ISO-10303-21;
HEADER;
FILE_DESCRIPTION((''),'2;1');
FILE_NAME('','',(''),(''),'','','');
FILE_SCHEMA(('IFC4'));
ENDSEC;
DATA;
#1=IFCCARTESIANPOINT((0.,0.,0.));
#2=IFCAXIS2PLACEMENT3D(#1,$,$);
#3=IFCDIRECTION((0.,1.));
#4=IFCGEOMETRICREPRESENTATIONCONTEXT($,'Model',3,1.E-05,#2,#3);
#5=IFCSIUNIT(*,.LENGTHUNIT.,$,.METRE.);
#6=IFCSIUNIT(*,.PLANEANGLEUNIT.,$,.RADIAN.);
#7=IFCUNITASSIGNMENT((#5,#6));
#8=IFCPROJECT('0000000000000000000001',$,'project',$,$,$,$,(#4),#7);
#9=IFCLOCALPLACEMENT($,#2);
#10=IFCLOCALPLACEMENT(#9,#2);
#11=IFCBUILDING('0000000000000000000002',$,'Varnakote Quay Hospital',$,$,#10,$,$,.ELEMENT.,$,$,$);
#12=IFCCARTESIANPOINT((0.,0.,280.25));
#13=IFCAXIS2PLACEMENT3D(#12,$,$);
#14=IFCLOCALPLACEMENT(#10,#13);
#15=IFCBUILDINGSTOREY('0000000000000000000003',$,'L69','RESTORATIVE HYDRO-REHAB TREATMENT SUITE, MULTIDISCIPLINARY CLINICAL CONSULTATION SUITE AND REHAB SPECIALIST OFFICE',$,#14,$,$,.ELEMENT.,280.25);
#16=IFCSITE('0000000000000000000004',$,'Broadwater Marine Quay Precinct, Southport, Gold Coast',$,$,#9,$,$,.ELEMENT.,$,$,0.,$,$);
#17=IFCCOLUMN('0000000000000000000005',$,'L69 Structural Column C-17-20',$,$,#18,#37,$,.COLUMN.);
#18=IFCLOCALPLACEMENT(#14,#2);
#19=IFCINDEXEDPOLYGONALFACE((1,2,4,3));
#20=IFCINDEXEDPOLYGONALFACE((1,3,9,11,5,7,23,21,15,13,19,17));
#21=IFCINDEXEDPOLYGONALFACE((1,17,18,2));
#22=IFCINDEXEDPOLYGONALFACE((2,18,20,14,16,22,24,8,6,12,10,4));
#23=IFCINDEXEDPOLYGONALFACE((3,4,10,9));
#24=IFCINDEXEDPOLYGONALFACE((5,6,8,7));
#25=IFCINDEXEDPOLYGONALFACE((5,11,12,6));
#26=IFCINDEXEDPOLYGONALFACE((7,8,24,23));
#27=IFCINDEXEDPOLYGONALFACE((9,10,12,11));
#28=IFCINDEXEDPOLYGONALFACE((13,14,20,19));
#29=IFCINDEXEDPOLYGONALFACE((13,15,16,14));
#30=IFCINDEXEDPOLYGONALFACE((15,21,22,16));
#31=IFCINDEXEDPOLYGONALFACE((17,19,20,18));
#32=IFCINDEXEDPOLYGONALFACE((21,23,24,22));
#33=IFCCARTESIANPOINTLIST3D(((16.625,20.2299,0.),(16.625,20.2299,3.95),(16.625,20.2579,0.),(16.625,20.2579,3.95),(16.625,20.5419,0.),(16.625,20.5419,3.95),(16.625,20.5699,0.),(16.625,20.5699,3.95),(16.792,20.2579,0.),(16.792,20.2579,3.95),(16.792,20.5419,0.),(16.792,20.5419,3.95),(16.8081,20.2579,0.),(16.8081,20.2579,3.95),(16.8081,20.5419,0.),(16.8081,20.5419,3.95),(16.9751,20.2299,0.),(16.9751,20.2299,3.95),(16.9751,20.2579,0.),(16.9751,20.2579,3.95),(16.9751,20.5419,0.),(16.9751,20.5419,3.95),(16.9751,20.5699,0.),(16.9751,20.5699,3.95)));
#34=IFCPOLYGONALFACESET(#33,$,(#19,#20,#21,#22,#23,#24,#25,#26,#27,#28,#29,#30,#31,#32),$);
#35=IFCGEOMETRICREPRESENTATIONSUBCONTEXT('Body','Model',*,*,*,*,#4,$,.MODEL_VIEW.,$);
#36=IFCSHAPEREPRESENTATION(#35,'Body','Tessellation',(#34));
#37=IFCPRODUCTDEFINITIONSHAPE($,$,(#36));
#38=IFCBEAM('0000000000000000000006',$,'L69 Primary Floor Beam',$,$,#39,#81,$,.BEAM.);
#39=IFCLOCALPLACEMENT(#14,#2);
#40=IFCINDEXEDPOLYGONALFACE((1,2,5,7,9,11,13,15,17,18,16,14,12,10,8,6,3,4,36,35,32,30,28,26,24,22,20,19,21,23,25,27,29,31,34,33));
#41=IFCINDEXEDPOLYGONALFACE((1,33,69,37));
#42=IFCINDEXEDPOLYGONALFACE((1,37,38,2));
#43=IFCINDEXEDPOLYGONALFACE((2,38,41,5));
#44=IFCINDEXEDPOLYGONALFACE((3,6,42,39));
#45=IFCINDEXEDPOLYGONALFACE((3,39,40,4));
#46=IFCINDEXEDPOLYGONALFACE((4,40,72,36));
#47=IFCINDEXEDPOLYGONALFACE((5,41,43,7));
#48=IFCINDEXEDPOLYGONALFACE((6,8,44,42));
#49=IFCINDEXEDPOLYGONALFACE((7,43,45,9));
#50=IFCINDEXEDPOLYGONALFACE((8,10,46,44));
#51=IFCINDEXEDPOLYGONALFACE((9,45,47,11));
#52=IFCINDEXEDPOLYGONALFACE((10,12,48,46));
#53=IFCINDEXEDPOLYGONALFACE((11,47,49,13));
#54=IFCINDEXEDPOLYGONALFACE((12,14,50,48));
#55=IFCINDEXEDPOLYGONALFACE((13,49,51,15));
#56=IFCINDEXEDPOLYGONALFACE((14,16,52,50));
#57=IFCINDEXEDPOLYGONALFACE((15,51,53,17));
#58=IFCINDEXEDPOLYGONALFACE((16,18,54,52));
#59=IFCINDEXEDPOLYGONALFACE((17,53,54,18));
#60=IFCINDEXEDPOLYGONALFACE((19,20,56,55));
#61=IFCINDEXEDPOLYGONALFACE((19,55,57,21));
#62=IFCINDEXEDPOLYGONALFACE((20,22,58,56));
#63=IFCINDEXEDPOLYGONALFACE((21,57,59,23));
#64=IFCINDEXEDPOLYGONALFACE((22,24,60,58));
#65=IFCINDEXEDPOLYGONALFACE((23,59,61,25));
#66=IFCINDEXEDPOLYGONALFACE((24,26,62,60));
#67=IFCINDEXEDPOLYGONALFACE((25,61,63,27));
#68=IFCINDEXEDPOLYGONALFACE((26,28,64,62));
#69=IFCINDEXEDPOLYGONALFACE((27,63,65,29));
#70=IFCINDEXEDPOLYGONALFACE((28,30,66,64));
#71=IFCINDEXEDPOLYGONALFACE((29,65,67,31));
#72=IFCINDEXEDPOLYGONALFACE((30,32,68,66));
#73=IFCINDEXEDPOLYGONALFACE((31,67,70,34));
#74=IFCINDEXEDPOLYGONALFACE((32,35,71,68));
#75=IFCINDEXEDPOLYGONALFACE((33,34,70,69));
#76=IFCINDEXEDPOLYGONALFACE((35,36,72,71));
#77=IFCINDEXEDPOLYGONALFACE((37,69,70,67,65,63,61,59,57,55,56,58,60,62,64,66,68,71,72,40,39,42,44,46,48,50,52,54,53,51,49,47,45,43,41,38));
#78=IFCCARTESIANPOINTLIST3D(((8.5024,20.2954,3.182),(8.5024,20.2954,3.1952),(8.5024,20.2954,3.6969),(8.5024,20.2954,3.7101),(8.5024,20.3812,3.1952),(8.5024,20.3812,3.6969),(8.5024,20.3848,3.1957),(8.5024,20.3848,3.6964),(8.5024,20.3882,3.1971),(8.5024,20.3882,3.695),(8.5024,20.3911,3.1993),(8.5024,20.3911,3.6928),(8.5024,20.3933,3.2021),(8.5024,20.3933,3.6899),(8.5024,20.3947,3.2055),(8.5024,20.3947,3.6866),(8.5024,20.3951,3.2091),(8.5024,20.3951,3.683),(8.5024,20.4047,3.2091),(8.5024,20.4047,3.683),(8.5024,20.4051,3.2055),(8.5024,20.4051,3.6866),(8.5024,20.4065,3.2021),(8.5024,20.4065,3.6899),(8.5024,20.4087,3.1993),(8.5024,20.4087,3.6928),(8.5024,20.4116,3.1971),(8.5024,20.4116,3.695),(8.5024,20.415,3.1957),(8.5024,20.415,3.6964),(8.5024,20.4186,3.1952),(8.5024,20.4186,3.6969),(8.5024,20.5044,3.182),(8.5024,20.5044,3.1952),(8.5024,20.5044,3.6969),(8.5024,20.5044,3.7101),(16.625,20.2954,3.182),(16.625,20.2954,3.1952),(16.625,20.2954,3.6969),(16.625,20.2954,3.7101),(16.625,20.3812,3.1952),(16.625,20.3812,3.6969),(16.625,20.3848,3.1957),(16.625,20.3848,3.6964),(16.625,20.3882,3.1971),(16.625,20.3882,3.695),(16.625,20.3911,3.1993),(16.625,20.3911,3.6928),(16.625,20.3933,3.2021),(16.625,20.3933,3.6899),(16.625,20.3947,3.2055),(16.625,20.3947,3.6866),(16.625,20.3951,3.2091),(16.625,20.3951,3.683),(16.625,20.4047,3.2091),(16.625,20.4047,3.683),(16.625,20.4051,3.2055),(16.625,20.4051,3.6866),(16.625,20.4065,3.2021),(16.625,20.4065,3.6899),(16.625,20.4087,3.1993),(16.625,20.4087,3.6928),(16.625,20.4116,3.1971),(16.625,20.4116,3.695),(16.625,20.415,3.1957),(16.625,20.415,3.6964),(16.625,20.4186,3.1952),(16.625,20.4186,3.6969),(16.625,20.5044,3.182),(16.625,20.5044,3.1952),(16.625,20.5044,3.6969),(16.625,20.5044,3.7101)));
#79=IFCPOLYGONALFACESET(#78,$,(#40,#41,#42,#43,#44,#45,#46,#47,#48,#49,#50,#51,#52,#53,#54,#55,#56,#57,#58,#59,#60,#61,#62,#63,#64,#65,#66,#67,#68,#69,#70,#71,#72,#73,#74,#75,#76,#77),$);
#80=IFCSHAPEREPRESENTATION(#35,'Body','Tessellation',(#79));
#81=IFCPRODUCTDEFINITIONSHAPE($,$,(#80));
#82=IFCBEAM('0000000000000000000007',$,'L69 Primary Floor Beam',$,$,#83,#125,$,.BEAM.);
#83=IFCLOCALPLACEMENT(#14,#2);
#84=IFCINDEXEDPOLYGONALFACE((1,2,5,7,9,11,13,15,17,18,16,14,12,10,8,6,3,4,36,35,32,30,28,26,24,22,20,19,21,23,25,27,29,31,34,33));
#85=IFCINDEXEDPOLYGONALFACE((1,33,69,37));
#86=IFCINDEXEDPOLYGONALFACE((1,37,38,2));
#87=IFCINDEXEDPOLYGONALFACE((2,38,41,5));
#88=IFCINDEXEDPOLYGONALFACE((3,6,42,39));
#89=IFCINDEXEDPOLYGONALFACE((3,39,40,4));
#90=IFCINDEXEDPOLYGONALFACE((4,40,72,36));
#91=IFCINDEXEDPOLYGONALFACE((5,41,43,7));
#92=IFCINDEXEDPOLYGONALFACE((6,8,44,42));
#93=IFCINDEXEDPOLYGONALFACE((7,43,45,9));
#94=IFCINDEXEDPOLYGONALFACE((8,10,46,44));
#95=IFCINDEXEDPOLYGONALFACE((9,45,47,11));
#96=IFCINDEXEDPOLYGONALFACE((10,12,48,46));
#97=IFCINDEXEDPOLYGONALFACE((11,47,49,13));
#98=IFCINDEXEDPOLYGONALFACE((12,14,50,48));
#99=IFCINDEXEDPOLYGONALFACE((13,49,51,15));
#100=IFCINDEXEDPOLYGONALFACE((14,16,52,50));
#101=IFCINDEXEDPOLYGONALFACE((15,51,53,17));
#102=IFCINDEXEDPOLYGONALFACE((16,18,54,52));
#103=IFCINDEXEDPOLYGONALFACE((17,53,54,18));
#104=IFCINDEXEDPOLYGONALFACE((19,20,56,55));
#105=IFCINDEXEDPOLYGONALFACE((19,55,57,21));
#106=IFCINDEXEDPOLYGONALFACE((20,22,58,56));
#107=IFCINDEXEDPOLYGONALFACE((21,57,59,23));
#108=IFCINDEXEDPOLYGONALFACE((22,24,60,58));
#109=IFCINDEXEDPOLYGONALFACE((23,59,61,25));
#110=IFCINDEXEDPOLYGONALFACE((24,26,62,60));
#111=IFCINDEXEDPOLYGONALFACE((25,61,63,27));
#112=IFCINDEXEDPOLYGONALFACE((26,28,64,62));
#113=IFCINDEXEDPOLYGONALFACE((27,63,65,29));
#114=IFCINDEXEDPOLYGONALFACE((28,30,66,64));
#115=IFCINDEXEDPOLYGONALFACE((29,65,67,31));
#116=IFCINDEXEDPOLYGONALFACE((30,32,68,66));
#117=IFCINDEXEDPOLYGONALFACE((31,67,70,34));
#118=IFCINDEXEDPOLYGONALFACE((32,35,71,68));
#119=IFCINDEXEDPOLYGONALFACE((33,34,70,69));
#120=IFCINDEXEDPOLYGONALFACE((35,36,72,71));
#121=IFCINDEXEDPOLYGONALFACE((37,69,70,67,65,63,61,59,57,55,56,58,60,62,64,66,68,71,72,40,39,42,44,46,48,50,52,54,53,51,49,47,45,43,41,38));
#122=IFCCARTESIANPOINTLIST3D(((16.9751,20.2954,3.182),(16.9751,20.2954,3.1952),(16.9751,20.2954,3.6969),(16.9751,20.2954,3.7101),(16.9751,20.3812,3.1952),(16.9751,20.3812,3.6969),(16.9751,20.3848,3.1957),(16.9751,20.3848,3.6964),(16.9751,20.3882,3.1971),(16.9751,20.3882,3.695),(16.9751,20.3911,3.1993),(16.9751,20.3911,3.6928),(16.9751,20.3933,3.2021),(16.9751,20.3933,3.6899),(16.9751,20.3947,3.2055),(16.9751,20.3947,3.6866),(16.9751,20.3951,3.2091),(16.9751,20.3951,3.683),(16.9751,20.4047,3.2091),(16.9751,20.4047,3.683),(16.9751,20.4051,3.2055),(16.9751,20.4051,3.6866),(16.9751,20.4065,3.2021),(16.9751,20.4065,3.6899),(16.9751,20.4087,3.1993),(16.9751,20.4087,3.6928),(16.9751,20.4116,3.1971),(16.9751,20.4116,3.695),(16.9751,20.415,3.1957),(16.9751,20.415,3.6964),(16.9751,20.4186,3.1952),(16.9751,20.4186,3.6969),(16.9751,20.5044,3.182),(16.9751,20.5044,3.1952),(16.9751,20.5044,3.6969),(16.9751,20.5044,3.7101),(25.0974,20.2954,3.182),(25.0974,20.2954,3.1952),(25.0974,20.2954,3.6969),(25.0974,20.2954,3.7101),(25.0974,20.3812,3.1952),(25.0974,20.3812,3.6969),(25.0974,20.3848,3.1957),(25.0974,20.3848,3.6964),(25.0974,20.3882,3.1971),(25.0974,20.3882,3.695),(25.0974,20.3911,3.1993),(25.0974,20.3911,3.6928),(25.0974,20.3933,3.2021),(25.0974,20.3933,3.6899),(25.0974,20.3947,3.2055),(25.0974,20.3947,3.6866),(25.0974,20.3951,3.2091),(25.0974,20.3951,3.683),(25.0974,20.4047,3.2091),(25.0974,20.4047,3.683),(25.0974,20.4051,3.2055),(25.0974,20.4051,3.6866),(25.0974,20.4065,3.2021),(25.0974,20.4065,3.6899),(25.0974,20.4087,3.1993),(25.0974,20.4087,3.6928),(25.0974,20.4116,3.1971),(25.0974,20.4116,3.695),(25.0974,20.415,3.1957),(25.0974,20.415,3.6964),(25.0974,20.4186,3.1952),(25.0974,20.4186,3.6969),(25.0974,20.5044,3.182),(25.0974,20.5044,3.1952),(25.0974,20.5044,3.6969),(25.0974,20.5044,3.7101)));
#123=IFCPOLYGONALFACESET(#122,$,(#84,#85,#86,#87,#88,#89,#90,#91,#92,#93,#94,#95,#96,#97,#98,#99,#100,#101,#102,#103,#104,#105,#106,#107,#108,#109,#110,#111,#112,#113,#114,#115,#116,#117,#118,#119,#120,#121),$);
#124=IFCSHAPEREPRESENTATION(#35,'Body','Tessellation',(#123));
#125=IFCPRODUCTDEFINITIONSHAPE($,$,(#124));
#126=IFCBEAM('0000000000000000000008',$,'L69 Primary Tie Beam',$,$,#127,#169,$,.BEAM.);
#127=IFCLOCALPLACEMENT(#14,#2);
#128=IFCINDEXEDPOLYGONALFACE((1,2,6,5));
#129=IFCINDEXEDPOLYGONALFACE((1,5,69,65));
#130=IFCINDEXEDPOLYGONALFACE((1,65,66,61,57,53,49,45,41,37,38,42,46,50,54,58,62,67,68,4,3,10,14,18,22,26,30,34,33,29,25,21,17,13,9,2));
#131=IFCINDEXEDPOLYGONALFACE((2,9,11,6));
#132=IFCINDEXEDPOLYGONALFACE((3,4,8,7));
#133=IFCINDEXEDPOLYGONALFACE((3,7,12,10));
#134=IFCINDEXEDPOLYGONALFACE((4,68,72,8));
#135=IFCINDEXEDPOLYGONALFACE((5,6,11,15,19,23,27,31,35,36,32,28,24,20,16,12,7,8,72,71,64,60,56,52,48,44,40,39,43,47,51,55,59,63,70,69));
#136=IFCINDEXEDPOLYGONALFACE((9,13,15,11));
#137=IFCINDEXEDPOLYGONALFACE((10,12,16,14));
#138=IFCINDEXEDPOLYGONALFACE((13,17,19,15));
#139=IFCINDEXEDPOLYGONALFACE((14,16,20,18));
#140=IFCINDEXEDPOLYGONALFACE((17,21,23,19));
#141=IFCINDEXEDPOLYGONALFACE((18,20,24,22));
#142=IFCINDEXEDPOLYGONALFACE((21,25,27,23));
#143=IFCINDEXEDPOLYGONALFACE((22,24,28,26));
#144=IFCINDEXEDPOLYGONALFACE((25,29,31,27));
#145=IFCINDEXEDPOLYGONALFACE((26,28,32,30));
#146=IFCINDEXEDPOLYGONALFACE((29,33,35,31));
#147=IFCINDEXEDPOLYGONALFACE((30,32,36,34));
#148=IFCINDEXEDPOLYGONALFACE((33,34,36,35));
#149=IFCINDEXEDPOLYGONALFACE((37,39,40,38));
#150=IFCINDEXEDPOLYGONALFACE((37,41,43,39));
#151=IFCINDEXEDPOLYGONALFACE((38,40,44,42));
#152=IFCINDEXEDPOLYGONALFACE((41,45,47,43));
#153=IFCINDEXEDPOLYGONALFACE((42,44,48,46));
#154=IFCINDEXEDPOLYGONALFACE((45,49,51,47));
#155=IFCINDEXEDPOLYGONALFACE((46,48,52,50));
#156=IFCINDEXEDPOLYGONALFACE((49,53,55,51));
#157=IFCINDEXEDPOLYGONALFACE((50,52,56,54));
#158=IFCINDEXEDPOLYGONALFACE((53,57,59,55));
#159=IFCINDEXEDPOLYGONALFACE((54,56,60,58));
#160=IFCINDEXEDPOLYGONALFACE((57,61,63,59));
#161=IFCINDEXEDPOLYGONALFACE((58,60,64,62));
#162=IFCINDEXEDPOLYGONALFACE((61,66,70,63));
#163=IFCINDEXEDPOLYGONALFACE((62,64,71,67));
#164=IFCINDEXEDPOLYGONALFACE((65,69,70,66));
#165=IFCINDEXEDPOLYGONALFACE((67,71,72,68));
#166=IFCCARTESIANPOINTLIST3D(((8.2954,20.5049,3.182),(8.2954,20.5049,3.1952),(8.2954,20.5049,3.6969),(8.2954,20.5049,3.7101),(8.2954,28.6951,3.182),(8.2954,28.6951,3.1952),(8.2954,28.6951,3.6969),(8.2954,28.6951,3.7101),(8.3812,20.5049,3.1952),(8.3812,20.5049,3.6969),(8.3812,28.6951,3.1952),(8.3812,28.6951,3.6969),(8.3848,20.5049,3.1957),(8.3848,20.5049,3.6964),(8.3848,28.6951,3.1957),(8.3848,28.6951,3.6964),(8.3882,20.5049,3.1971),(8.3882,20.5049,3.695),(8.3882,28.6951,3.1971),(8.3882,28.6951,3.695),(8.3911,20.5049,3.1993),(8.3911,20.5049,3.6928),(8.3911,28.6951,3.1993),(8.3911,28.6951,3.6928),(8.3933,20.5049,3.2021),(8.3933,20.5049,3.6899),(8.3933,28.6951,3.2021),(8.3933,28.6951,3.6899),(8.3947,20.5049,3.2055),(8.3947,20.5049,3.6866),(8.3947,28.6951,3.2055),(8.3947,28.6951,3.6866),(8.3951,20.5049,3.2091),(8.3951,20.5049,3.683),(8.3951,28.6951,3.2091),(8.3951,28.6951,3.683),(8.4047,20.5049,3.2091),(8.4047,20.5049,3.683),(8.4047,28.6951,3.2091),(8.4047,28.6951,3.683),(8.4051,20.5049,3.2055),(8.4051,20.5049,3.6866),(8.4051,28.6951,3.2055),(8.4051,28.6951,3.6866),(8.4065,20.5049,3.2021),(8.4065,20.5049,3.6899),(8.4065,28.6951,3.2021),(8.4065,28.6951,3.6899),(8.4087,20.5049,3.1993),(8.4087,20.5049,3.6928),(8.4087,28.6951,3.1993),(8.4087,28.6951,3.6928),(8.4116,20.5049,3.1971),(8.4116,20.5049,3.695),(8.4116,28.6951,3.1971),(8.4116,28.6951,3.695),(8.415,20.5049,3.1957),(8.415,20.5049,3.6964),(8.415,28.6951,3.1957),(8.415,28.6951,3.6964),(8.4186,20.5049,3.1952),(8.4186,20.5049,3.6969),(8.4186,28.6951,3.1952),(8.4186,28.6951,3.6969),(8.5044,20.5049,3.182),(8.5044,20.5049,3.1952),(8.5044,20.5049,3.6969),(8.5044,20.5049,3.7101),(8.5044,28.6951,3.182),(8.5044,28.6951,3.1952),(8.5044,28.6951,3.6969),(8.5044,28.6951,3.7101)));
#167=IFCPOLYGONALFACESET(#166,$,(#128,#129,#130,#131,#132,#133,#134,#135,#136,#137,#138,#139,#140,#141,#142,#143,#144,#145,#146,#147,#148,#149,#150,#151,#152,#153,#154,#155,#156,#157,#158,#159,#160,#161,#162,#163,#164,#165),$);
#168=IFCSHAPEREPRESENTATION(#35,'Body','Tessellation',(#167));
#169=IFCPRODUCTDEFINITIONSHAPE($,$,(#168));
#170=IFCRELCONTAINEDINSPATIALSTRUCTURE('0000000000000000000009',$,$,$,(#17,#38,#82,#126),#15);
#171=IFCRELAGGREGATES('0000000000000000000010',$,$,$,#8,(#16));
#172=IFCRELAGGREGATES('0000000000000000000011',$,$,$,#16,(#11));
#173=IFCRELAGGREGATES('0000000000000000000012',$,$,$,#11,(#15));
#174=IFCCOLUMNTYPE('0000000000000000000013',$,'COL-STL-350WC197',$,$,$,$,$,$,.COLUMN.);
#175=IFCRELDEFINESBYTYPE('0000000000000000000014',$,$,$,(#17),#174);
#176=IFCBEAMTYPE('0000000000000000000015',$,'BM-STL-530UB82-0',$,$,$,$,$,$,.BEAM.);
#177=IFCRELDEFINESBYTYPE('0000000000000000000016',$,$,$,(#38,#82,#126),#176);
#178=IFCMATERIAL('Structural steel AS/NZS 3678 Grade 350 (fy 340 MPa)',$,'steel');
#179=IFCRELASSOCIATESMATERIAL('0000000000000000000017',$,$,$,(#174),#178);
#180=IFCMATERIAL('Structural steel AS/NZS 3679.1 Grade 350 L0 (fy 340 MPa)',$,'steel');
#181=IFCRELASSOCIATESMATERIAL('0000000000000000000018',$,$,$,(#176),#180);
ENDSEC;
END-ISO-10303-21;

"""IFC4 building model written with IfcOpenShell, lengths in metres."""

from ifc_helpers import new_model, si_unit, direction, frame, origin, origin_2d, place, context, subcontext, project, spatial, i_section, extrude, material, material_profile, profile_set, type_object, element, save


model = new_model("IFC4")

# Units and contexts
model_context = context("Model", 3, precision=1e-05, world=origin(), true_north=direction((0.0, 1.0)))
body_context = subcontext(model_context, "Body", "Model", "MODEL_VIEW")
ifc_project = project(units=[si_unit("LENGTHUNIT", "METRE"), si_unit("PLANEANGLEUNIT", "RADIAN")], contexts=[model_context])

# Site, building, storey
site_placement = place(None, origin())
site = spatial("IfcSite", under=ifc_project, at=site_placement, Name="Broadwater Marine Quay Precinct, Southport, Gold Coast", CompositionType="ELEMENT", RefElevation=0.0)
building_placement = place(site_placement, origin())
building = spatial("IfcBuilding", under=site, at=building_placement, Name="Varnakote Quay Hospital", CompositionType="ELEMENT")
storey_placement = place(building_placement, frame((0.0, 0.0, 280.25)))
storey = spatial("IfcBuildingStorey", under=building, at=storey_placement, Name="L69", Description="RESTORATIVE HYDRO-REHAB TREATMENT SUITE, MULTIDISCIPLINARY CLINICAL CONSULTATION SUITE AND REHAB SPECIALIST OFFICE", CompositionType="ELEMENT", Elevation=280.25)

# Column
ifc_material_1 = material(Name="Structural steel AS/NZS 3678 Grade 350 (fy 340 MPa)", Category="steel")
ifc_material_profile_1 = material_profile(ifc_material_1, i_section(OverallWidth=0.3501, OverallDepth=0.3401, WebThickness=0.0161, FlangeThickness=0.0281, at=origin_2d()), Name="350WC197")
ifc_profile_set_1 = profile_set([ifc_material_profile_1], Name="Structural steel AS/NZS 3678 Grade 350 (fy 340 MPa)")
column_type = type_object("IfcColumnType", Name="COL-STL-350WC197", PredefinedType="COLUMN", material=ifc_profile_set_1)
column_placement = place(storey_placement, frame((16.8, 20.3999, 0.0), z_axis=(0.0, 0.0, 1.0), x_axis=(1.0, 0.0, 0.0)))
element("IfcColumn", 1, at=column_placement, inside=storey, type_object=column_type, Name="L69 Structural Column C-17-20", PredefinedType="COLUMN", context=body_context, shape_type="SweptSolid", body=[
    extrude(i_section(OverallWidth=0.3501, OverallDepth=0.3401, WebThickness=0.0161, FlangeThickness=0.0281, at=origin_2d()), origin(), (0.0, 0.0, 1.0), 3.95),
])

# Beams
ifc_material_2 = material(Name="Structural steel AS/NZS 3679.1 Grade 350 L0 (fy 340 MPa)", Category="steel")
ifc_material_profile_2 = material_profile(ifc_material_2, i_section(OverallWidth=0.209, OverallDepth=0.5281, WebThickness=0.0095, FlangeThickness=0.0132, FilletRadius=0.0139, at=origin_2d()), Name="530UB82.0")
ifc_profile_set_2 = profile_set([ifc_material_profile_2], Name="Structural steel AS/NZS 3679.1 Grade 350 L0 (fy 340 MPa)")
beam_type = type_object("IfcBeamType", Name="BM-STL-530UB82-0", PredefinedType="BEAM", material=ifc_profile_set_2)
beam_1_placement = place(storey_placement, frame((8.5024, 20.3999, 3.446), z_axis=(1.0, 0.0, 0.0), x_axis=(0.0, 1.0, 0.0)))
element("IfcBeam", 2, at=beam_1_placement, inside=storey, type_object=beam_type, Name="L69 Primary Floor Beam", PredefinedType="BEAM", context=body_context, shape_type="SweptSolid", body=[
    extrude(i_section(OverallWidth=0.209, OverallDepth=0.5281, WebThickness=0.0095, FlangeThickness=0.0132, FilletRadius=0.0139, at=origin_2d()), origin(), (0.0, 0.0, 1.0), 8.1226),
])
beam_2_placement = place(storey_placement, frame((16.9751, 20.3999, 3.446), z_axis=(1.0, 0.0, 0.0), x_axis=(0.0, 1.0, 0.0)))
element("IfcBeam", 3, at=beam_2_placement, inside=storey, type_object=beam_type, Name="L69 Primary Floor Beam", PredefinedType="BEAM", context=body_context, shape_type="SweptSolid", body=[
    extrude(i_section(OverallWidth=0.209, OverallDepth=0.5281, WebThickness=0.0095, FlangeThickness=0.0132, FilletRadius=0.0139, at=origin_2d()), origin(), (0.0, 0.0, 1.0), 8.1223),
])
beam_3_placement = place(storey_placement, frame((8.3999, 20.5049, 3.446), z_axis=(0.0, 1.0, 0.0), x_axis=(-1.0, 0.0, 0.0)))
element("IfcBeam", 4, at=beam_3_placement, inside=storey, type_object=beam_type, Name="L69 Primary Tie Beam", PredefinedType="BEAM", context=body_context, shape_type="SweptSolid", body=[
    extrude(i_section(OverallWidth=0.209, OverallDepth=0.5281, WebThickness=0.0095, FlangeThickness=0.0132, FilletRadius=0.0139, at=origin_2d()), origin(), (0.0, 0.0, 1.0), 8.1902),
])

save(model, "model.ifc")
